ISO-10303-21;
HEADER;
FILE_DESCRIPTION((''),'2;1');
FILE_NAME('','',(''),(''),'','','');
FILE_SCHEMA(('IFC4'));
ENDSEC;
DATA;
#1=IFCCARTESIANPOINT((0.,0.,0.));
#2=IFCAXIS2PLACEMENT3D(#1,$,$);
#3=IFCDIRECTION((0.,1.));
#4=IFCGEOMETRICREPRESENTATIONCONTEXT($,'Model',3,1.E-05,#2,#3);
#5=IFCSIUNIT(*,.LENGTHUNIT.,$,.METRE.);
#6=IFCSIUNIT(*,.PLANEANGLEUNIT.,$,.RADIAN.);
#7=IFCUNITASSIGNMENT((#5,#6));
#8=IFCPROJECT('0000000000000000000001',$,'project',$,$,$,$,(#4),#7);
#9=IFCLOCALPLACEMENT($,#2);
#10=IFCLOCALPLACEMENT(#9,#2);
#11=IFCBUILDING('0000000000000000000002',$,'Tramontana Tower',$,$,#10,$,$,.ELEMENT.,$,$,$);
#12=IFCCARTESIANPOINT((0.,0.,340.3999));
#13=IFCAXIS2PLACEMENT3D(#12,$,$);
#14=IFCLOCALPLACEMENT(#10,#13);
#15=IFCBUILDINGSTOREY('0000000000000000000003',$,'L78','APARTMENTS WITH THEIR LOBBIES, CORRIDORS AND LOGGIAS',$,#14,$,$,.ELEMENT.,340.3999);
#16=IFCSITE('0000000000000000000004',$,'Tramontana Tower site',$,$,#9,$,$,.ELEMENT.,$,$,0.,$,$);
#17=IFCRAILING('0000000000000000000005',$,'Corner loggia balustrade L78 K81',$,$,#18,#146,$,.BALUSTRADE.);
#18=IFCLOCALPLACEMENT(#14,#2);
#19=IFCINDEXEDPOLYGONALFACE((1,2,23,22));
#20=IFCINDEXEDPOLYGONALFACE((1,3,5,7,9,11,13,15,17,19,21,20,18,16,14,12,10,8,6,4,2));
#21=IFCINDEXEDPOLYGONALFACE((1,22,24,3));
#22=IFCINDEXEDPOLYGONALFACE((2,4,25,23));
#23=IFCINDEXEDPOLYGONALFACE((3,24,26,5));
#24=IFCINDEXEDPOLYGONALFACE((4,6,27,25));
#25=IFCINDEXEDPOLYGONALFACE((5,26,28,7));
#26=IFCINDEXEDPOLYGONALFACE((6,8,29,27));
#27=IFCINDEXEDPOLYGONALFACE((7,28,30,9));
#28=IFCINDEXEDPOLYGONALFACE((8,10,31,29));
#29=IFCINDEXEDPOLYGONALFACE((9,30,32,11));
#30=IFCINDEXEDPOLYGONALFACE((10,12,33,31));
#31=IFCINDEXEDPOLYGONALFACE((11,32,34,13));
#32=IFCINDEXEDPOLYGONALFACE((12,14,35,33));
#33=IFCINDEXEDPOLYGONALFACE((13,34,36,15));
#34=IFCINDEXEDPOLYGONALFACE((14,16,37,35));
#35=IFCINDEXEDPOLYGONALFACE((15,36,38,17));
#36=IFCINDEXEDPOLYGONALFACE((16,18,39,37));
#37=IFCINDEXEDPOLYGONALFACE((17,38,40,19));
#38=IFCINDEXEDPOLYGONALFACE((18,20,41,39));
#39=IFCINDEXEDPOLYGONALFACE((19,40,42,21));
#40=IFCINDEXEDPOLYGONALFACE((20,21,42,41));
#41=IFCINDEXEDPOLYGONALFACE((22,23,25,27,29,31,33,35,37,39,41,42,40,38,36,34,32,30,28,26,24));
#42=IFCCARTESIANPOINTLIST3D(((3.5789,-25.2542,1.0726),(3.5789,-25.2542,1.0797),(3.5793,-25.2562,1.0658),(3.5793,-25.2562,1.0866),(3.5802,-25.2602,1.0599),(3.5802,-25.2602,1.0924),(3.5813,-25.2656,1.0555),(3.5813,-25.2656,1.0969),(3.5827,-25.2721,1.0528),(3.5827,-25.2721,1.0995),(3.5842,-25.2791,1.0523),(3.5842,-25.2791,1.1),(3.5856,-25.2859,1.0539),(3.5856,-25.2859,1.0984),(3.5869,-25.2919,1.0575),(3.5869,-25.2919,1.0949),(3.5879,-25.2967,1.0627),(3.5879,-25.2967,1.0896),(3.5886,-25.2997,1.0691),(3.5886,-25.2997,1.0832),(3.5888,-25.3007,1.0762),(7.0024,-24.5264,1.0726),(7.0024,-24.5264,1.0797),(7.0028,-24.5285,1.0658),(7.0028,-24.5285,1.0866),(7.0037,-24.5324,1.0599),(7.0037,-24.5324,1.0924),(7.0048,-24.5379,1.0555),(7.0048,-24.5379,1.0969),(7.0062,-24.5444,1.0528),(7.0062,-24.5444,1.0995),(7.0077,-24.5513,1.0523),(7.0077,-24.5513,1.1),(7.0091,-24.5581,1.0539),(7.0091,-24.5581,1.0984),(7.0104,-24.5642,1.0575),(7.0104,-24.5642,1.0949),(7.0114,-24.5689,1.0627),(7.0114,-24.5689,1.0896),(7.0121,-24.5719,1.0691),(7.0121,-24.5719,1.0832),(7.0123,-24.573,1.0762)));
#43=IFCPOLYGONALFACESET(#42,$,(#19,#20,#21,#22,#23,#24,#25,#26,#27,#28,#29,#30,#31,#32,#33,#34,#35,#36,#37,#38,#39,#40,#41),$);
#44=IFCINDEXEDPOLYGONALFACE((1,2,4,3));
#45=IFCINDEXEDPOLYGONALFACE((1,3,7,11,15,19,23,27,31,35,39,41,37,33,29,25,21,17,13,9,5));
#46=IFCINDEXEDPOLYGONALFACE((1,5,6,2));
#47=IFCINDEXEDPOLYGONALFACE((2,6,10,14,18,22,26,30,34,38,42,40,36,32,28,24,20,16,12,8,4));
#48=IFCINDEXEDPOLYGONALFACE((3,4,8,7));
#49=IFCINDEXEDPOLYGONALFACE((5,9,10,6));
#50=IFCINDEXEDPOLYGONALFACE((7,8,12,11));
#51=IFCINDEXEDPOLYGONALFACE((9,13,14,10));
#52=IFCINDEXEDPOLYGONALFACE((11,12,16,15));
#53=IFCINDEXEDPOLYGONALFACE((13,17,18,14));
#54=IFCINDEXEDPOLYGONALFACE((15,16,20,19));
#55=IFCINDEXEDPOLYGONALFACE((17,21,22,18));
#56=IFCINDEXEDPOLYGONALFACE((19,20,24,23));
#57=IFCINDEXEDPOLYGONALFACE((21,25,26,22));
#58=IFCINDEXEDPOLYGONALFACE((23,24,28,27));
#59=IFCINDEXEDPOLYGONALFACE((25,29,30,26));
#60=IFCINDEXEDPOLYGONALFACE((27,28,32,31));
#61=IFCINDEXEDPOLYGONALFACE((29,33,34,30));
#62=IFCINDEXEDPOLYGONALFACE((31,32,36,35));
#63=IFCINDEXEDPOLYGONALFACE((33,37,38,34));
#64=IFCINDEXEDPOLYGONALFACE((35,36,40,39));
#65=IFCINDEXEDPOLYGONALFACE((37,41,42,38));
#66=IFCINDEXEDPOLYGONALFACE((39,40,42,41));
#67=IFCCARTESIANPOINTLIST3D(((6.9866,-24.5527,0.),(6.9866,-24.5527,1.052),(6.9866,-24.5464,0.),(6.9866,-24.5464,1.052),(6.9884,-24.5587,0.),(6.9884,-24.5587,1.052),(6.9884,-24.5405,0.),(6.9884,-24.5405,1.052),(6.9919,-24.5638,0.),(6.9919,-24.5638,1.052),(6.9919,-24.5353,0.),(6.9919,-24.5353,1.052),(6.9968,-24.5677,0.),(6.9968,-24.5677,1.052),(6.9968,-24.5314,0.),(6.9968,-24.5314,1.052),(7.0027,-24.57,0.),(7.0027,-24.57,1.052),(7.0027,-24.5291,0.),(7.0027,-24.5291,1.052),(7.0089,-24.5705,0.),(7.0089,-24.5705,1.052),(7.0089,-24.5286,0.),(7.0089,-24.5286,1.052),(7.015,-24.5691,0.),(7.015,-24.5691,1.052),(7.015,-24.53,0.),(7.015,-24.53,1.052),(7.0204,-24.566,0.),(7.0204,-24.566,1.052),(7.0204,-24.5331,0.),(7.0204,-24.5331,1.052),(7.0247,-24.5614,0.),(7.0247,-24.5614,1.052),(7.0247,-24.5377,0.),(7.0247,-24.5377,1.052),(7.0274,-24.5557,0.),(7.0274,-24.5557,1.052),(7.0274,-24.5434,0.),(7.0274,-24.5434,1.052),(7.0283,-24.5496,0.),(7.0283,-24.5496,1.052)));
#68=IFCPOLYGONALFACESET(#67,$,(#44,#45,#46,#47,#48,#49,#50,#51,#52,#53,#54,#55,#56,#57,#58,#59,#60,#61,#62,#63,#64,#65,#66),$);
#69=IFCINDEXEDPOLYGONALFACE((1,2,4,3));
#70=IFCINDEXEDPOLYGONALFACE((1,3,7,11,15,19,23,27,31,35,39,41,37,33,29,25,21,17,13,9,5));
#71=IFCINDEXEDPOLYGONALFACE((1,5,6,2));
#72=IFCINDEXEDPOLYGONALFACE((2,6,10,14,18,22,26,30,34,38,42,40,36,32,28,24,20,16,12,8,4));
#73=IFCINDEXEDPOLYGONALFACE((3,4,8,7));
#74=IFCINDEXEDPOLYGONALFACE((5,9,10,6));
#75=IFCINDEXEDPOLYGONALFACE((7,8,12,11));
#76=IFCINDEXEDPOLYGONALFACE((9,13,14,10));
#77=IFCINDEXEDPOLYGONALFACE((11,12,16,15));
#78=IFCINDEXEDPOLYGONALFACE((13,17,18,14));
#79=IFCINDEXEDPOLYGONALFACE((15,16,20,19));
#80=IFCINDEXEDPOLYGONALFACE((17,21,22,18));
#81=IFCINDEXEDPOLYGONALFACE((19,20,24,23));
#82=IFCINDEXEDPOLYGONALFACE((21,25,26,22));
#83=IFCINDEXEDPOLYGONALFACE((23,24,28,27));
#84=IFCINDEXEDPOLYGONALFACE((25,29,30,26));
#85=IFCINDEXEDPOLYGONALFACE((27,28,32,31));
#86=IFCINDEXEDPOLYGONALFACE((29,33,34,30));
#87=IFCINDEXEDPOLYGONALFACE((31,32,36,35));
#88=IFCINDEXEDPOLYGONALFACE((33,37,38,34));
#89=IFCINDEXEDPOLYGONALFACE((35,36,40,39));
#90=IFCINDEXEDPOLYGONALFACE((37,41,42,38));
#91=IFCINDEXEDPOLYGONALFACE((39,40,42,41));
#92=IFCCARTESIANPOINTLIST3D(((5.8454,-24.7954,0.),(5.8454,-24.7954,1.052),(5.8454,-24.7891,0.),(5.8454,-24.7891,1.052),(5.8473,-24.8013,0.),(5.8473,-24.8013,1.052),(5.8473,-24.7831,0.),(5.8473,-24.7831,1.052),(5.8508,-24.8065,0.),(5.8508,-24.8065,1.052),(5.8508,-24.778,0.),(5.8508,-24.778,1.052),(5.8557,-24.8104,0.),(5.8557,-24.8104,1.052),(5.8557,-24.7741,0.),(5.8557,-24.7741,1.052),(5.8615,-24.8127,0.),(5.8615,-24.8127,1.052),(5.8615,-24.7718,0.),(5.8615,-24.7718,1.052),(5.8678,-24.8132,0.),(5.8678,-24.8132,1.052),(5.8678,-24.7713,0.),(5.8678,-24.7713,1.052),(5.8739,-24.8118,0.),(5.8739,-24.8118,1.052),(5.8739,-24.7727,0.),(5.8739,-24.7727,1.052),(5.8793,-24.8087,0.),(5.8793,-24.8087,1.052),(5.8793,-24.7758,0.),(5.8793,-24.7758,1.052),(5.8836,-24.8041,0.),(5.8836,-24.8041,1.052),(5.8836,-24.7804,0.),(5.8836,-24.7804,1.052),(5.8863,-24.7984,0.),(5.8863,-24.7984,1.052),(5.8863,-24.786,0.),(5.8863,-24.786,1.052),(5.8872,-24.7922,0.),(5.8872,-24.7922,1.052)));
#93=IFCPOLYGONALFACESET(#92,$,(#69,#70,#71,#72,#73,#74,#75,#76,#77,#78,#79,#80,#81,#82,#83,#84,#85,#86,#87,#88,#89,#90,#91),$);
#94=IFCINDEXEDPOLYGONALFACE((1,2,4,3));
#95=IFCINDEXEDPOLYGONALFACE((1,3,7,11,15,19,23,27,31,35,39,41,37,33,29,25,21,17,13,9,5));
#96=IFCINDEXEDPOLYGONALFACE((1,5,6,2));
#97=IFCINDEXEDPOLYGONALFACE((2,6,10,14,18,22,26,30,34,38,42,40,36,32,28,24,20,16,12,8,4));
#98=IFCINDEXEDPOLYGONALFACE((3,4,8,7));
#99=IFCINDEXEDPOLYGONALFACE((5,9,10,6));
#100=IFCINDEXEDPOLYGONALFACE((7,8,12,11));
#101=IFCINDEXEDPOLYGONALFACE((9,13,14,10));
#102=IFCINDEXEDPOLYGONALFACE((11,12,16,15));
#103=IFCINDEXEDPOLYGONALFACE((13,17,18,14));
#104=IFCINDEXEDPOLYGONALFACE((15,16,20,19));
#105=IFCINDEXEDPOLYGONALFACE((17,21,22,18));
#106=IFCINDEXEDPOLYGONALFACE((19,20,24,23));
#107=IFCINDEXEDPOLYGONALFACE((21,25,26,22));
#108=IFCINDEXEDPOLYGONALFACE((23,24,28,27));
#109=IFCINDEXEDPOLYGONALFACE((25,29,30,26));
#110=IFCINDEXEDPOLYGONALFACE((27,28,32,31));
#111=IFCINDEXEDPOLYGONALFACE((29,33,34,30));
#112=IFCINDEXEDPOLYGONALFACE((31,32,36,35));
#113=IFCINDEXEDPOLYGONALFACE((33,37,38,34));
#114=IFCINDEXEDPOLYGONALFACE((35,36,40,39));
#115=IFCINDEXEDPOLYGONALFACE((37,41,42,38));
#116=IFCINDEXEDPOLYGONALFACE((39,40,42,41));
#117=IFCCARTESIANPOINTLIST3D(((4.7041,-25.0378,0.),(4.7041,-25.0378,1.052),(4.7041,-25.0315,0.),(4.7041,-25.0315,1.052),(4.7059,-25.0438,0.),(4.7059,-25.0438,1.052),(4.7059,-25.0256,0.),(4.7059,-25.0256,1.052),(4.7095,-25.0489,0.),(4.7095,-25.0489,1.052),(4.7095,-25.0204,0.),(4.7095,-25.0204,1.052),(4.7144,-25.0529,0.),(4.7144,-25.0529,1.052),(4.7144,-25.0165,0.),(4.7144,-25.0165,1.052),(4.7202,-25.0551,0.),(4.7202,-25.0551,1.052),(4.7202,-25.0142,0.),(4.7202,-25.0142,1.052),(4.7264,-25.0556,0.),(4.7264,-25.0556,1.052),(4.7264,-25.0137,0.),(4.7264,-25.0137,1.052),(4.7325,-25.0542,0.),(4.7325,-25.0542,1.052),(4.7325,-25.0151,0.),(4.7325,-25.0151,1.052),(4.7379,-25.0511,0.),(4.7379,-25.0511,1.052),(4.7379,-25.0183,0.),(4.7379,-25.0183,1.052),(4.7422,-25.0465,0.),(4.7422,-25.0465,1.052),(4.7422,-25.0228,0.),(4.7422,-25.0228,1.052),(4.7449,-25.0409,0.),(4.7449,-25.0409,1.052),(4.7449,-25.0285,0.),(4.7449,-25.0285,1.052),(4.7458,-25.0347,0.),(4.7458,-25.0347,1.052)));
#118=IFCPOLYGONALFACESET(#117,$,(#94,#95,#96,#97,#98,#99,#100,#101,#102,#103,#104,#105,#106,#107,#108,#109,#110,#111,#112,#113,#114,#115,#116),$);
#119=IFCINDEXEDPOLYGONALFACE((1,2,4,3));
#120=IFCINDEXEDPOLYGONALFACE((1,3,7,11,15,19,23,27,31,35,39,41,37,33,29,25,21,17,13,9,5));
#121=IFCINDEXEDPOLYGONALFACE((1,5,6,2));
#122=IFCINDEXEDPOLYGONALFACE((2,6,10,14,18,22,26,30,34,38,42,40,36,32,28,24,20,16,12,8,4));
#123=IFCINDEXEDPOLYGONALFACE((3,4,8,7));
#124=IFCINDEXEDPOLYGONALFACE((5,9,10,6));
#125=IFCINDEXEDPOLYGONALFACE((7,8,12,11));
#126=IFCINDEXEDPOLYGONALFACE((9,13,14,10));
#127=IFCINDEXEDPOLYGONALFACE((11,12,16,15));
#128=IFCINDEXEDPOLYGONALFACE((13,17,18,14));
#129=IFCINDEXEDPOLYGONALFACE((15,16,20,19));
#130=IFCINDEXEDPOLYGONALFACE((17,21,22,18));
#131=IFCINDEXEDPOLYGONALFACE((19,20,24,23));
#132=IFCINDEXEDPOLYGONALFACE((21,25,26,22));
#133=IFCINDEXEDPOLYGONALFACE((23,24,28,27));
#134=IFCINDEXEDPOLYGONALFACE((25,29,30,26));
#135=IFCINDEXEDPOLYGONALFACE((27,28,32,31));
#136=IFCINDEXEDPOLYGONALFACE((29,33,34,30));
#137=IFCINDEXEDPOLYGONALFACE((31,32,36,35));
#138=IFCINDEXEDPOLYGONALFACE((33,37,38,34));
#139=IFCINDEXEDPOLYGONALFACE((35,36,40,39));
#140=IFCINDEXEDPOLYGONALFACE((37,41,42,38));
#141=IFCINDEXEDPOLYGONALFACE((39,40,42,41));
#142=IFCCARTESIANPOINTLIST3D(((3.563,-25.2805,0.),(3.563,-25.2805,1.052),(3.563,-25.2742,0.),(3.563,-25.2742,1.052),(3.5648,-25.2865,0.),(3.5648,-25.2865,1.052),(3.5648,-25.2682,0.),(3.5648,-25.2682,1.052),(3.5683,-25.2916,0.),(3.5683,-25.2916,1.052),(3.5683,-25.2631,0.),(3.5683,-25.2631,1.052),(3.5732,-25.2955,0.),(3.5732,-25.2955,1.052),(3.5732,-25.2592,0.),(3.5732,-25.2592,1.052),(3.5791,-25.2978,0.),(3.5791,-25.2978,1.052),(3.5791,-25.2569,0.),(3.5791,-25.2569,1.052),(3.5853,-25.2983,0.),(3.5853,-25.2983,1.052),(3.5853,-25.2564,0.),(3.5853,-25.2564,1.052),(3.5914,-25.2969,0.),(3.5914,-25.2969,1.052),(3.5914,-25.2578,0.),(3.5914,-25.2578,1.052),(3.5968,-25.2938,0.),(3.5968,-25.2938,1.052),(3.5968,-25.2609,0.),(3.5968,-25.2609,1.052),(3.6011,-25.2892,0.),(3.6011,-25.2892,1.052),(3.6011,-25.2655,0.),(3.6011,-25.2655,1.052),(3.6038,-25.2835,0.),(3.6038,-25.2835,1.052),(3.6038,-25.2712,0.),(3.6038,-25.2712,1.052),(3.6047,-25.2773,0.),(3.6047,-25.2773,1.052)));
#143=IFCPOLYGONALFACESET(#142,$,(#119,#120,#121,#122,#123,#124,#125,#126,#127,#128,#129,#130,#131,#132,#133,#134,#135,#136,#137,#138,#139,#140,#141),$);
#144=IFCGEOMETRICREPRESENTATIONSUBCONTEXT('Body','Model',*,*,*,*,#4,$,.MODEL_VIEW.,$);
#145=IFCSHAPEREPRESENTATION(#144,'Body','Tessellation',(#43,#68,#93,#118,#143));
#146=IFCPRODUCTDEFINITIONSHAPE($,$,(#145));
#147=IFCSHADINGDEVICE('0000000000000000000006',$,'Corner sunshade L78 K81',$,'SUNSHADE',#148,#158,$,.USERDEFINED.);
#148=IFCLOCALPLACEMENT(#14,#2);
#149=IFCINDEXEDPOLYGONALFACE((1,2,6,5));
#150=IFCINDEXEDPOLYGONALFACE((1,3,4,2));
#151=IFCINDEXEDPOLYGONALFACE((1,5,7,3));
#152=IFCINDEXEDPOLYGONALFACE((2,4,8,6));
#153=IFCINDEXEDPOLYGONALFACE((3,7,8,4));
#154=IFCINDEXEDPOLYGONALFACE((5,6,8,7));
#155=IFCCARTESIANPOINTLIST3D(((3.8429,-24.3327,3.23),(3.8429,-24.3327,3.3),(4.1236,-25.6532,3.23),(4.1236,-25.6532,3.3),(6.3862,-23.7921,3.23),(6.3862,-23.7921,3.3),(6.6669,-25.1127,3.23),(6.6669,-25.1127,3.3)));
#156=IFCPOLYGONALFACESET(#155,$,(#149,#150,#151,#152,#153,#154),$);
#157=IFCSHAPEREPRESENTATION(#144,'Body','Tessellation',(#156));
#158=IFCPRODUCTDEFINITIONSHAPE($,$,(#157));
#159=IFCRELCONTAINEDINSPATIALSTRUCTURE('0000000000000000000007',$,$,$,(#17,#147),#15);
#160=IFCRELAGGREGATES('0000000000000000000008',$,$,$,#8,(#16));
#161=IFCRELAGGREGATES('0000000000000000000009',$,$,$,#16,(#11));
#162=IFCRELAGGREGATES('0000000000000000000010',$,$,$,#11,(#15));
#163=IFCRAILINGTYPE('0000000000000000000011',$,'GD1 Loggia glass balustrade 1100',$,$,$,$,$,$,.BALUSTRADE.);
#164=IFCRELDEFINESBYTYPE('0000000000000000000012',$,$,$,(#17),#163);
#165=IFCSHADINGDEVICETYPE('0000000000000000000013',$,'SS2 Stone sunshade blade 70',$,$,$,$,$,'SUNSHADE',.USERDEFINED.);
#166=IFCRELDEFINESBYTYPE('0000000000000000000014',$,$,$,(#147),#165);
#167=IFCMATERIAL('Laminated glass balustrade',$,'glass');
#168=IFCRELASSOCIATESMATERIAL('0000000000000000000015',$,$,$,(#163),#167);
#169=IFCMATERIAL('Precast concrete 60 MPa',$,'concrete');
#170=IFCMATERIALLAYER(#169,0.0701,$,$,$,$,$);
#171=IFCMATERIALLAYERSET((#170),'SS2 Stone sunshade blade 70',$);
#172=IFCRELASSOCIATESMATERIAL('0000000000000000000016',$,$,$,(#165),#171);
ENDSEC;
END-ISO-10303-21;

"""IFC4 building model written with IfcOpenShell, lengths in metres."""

from ifc_helpers import new_model, si_unit, direction, frame, origin, origin_2d, place, context, subcontext, project, spatial, rectangle, circle, extrude, material, layer, layer_set, type_object, element, save


model = new_model("IFC4")

# Units and contexts
model_context = context("Model", 3, precision=1e-05, world=origin(), true_north=direction((0.0, 1.0)))
body_context = subcontext(model_context, "Body", "Model", "MODEL_VIEW")
ifc_project = project(units=[si_unit("LENGTHUNIT", "METRE"), si_unit("PLANEANGLEUNIT", "RADIAN")], contexts=[model_context])

# Site, building, storey
site_placement = place(None, origin())
site = spatial("IfcSite", under=ifc_project, at=site_placement, Name="Tramontana Tower site", CompositionType="ELEMENT", RefElevation=0.0)
building_placement = place(site_placement, origin())
building = spatial("IfcBuilding", under=site, at=building_placement, Name="Tramontana Tower", CompositionType="ELEMENT")
storey_placement = place(building_placement, frame((0.0, 0.0, 340.3999)))
storey = spatial("IfcBuildingStorey", under=building, at=storey_placement, Name="L78", Description="APARTMENTS WITH THEIR LOBBIES, CORRIDORS AND LOGGIAS", CompositionType="ELEMENT", Elevation=340.3999)

# Railing
ifc_material_1 = material(Name="Laminated glass balustrade", Category="glass")
railing_type = type_object("IfcRailingType", Name="GD1 Loggia glass balustrade 1100", PredefinedType="BALUSTRADE", material=ifc_material_1)
railing_1_placement = place(storey_placement, frame((7.0073, -24.5496, 0.0)))
element("IfcRailing", 1, at=railing_1_placement, inside=storey, type_object=railing_type, Name="Corner loggia balustrade L78 K81", PredefinedType="BALUSTRADE", context=body_context, shape_type="SweptSolid", body=[
    extrude(circle(Radius=0.0239, at=origin_2d()), frame((0.0, 0.0, 1.0762), z_axis=(-0.978143, -0.207933, 0.0), x_axis=(0.207933, -0.978143, 0.0)), (0.0, 0.0, 1.0), 3.5),
    extrude(circle(Radius=0.021, at=origin_2d()), origin(), (0.0, 0.0, 1.0), 1.052),
    extrude(circle(Radius=0.021, at=origin_2d()), frame((-1.1411, -0.2427, 0.0)), (0.0, 0.0, 1.0), 1.052),
    extrude(circle(Radius=0.021, at=origin_2d()), frame((-2.2825, -0.4851, 0.0)), (0.0, 0.0, 1.0), 1.052),
    extrude(circle(Radius=0.021, at=origin_2d()), frame((-3.4236, -0.7278, 0.0)), (0.0, 0.0, 1.0), 1.052),
])

# Shading device
ifc_material_2 = material(Name="Precast concrete 60 MPa", Category="concrete")
ifc_layer_1 = layer(ifc_material_2, 0.0701)
ifc_layer_set_1 = layer_set([ifc_layer_1], Name="SS2 Stone sunshade blade 70")
shading_device_type = type_object("IfcShadingDeviceType", Name="SS2 Stone sunshade blade 70", ElementType="SUNSHADE", PredefinedType="USERDEFINED", material=ifc_layer_set_1)
shading_device_placement = place(storey_placement, frame((5.2549, -24.7227, 3.23), z_axis=(0.0, 0.0, 1.0), x_axis=(-0.978148, -0.207912, 0.0)))
element("IfcShadingDevice", 2, at=shading_device_placement, inside=storey, type_object=shading_device_type, Name="Corner sunshade L78 K81", ObjectType="SUNSHADE", PredefinedType="USERDEFINED", context=body_context, shape_type="SweptSolid", body=[
    extrude(rectangle(XDim=2.6001, YDim=1.3501, at=origin_2d()), origin(), (0.0, 0.0, 1.0), 0.0701),
])

save(model, "model.ifc")
